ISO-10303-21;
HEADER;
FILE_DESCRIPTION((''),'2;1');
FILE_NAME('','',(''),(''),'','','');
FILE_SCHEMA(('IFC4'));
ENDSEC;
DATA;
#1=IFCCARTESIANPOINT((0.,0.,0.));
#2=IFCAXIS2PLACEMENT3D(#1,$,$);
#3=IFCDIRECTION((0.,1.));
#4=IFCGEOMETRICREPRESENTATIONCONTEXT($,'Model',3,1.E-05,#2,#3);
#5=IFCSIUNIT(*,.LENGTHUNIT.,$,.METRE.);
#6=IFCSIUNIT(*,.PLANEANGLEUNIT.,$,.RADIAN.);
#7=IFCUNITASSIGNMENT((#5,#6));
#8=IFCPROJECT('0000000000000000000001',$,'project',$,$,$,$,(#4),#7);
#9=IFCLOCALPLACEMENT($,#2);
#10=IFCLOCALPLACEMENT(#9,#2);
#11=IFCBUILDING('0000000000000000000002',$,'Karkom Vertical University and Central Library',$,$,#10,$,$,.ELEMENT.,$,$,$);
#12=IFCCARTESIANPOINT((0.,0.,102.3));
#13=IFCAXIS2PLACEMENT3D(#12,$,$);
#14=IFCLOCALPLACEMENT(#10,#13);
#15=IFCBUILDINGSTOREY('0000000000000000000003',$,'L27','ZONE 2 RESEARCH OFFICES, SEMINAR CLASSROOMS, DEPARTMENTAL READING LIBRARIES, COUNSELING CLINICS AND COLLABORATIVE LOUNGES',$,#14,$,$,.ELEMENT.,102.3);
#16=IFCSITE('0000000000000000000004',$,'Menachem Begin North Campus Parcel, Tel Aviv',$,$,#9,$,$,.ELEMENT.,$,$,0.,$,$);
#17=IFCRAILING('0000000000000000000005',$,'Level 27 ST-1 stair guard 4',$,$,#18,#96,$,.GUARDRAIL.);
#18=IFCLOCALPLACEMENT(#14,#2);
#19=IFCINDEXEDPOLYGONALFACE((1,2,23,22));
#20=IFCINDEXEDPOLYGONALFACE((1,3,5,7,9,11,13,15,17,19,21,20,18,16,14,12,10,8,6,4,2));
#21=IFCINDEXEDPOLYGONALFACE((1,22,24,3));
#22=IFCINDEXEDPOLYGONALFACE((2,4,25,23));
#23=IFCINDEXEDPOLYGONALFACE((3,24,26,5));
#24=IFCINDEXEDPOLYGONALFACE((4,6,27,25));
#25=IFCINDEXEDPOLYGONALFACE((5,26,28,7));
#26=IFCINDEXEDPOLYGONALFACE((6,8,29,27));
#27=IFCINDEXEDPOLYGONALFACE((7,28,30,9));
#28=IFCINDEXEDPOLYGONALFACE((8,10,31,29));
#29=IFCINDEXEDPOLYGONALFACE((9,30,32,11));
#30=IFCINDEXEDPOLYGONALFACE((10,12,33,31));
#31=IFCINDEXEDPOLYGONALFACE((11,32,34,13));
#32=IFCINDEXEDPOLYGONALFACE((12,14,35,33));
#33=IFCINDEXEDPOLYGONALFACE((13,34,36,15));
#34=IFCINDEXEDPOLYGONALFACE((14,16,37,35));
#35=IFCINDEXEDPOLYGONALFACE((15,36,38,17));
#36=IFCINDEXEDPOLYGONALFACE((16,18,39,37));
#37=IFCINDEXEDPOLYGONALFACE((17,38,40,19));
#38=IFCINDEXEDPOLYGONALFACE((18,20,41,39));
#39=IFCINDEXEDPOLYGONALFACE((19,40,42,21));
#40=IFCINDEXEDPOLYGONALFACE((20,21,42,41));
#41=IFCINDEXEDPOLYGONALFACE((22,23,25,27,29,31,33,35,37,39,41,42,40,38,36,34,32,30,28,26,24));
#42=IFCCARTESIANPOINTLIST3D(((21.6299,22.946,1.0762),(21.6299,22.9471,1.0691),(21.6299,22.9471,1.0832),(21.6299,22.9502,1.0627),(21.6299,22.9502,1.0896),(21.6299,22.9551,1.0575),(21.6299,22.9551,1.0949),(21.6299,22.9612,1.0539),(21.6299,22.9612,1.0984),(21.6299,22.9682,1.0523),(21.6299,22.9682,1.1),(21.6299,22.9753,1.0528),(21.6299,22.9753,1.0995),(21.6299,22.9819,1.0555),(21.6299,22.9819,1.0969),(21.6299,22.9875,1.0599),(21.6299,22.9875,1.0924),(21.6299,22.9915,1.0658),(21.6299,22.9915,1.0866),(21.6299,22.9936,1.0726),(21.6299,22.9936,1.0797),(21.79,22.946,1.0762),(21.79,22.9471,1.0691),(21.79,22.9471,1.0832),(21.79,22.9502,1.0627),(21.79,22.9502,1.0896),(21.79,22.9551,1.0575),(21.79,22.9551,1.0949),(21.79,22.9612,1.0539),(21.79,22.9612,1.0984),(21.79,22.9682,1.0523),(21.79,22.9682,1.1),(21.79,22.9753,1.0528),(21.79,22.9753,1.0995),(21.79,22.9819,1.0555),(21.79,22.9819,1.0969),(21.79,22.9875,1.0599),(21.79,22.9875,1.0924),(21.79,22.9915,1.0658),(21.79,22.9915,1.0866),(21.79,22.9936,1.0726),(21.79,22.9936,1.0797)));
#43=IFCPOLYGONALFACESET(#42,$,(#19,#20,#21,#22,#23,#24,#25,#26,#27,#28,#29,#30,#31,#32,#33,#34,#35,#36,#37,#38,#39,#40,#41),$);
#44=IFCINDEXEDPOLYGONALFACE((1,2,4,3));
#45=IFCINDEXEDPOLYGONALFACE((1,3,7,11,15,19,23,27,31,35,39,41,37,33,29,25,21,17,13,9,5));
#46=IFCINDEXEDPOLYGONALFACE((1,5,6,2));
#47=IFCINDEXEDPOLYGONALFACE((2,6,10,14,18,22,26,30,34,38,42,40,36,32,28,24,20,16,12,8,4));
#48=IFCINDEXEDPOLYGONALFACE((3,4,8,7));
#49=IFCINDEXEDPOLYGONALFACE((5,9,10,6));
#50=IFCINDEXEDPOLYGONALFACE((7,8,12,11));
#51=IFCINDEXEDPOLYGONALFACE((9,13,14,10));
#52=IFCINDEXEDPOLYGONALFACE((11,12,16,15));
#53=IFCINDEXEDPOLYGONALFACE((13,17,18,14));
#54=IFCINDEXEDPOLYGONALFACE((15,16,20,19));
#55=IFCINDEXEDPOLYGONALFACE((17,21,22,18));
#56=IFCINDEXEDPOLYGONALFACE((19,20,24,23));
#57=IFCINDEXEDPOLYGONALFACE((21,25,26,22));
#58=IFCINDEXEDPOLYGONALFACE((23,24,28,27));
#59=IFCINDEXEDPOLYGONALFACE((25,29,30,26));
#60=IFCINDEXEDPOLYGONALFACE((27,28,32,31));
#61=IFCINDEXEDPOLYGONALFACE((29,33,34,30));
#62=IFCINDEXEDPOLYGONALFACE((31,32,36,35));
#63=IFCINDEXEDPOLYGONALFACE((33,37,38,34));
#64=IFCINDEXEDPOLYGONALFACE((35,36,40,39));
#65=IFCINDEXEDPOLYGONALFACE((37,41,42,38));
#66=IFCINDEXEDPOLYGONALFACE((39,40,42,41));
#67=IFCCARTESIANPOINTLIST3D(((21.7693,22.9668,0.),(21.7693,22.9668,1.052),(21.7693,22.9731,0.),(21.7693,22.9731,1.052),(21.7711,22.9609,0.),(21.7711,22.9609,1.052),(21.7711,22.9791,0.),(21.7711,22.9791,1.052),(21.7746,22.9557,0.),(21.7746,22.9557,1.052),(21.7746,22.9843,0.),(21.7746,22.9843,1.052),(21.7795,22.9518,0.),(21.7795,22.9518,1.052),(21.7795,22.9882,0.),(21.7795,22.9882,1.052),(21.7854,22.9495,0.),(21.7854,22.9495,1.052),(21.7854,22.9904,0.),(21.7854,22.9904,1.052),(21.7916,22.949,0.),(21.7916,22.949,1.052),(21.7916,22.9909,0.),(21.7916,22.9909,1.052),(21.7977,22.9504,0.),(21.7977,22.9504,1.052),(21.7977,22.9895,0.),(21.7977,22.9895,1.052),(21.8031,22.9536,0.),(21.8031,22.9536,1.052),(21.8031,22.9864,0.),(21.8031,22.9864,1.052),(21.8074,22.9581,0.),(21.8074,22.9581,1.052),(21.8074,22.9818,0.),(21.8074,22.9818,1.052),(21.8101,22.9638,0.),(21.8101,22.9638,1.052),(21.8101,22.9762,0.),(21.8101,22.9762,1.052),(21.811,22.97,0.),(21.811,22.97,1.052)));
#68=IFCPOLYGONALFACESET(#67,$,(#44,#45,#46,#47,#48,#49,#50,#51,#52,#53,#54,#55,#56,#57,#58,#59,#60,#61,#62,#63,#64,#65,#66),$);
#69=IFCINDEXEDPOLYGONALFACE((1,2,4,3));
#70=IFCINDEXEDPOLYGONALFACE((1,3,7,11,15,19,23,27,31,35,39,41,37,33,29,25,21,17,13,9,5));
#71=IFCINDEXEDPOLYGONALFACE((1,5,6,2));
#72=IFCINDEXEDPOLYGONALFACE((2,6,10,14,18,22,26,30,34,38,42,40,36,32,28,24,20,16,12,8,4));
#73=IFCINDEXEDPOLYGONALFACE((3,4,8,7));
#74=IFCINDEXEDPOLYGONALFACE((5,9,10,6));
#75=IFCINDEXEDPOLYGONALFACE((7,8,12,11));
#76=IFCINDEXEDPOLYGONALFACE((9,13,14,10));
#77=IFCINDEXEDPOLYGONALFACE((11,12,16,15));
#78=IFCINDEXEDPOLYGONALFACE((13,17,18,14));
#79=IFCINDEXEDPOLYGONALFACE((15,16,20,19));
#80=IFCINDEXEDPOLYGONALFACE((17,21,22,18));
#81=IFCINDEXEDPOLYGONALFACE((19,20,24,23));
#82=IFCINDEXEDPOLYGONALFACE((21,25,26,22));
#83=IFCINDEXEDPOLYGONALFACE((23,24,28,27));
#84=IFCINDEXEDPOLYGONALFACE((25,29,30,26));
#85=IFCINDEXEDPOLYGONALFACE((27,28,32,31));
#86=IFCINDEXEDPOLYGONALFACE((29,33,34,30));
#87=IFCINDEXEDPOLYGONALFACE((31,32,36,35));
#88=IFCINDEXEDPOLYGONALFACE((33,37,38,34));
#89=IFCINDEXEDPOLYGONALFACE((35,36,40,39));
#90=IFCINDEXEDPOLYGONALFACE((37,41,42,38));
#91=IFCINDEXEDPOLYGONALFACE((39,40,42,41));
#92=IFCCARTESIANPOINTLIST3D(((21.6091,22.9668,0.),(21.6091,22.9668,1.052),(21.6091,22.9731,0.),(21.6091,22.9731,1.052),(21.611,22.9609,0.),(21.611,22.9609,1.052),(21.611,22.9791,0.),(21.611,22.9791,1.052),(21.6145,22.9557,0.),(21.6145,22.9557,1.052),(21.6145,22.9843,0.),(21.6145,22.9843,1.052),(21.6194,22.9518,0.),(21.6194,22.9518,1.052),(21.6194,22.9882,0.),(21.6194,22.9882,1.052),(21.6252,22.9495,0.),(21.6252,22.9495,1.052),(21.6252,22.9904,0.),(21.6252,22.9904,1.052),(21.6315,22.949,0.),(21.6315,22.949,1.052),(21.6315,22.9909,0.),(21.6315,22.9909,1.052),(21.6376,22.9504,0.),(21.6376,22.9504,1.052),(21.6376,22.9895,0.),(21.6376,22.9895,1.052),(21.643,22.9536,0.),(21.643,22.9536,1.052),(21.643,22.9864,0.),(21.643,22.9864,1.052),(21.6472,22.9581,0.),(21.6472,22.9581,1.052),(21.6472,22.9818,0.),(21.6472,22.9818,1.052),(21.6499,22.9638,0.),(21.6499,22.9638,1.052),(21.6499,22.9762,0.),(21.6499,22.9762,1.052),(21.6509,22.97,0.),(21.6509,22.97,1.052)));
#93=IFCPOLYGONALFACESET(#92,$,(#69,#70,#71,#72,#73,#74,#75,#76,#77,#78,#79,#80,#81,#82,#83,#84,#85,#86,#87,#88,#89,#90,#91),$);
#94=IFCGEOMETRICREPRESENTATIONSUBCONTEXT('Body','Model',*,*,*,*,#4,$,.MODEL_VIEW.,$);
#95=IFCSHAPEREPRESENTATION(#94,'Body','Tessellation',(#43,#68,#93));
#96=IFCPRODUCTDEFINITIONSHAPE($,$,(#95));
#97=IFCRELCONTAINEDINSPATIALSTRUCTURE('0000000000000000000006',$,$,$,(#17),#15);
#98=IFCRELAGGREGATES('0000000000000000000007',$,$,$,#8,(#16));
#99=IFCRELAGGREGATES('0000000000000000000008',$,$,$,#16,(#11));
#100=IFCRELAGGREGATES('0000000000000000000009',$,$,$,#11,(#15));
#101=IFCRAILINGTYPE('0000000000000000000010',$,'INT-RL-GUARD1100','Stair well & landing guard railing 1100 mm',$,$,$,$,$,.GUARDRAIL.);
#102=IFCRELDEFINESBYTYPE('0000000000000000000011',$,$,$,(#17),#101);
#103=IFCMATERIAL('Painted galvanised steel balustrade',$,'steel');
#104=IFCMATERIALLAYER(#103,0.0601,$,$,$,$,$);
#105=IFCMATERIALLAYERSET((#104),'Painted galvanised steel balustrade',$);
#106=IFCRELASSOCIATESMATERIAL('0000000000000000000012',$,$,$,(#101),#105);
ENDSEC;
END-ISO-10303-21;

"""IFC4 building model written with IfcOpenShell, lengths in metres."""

from ifc_helpers import new_model, si_unit, direction, frame, origin, origin_2d, place, context, subcontext, project, spatial, circle, extrude, material, layer, layer_set, type_object, element, save


model = new_model("IFC4")

# Units and contexts
model_context = context("Model", 3, precision=1e-05, world=origin(), true_north=direction((0.0, 1.0)))
body_context = subcontext(model_context, "Body", "Model", "MODEL_VIEW")
ifc_project = project(units=[si_unit("LENGTHUNIT", "METRE"), si_unit("PLANEANGLEUNIT", "RADIAN")], contexts=[model_context])

# Site, building, storey
site_placement = place(None, origin())
site = spatial("IfcSite", under=ifc_project, at=site_placement, Name="Menachem Begin North Campus Parcel, Tel Aviv", CompositionType="ELEMENT", RefElevation=0.0)
building_placement = place(site_placement, origin())
building = spatial("IfcBuilding", under=site, at=building_placement, Name="Karkom Vertical University and Central Library", CompositionType="ELEMENT")
storey_placement = place(building_placement, frame((0.0, 0.0, 102.3)))
storey = spatial("IfcBuildingStorey", under=building, at=storey_placement, Name="L27", Description="ZONE 2 RESEARCH OFFICES, SEMINAR CLASSROOMS, DEPARTMENTAL READING LIBRARIES, COUNSELING CLINICS AND COLLABORATIVE LOUNGES", CompositionType="ELEMENT", Elevation=102.3)

# Railing
ifc_material_1 = material(Name="Painted galvanised steel balustrade", Category="steel")
ifc_layer_1 = layer(ifc_material_1, 0.0601)
ifc_layer_set_1 = layer_set([ifc_layer_1], Name="Painted galvanised steel balustrade")
railing_type = type_object("IfcRailingType", Name="INT-RL-GUARD1100", Description="Stair well & landing guard railing 1100 mm", PredefinedType="GUARDRAIL", material=ifc_layer_set_1)
railing_1_placement = place(storey_placement, frame((21.79, 22.97, 0.0)))
element("IfcRailing", 1, at=railing_1_placement, inside=storey, type_object=railing_type, Name="Level 27 ST-1 stair guard 4", PredefinedType="GUARDRAIL", context=body_context, shape_type="SweptSolid", body=[
    extrude(circle(Radius=0.0239, at=origin_2d()), frame((0.0, 0.0, 1.0762), z_axis=(-1.0, 0.0, 0.0), x_axis=(0.0, -1.0, 0.0)), (0.0, 0.0, 1.0), 0.1602),
    extrude(circle(Radius=0.021, at=origin_2d()), origin(), (0.0, 0.0, 1.0), 1.052),
    extrude(circle(Radius=0.021, at=origin_2d()), frame((-0.1602, 0.0, 0.0)), (0.0, 0.0, 1.0), 1.052),
])

save(model, "model.ifc")
